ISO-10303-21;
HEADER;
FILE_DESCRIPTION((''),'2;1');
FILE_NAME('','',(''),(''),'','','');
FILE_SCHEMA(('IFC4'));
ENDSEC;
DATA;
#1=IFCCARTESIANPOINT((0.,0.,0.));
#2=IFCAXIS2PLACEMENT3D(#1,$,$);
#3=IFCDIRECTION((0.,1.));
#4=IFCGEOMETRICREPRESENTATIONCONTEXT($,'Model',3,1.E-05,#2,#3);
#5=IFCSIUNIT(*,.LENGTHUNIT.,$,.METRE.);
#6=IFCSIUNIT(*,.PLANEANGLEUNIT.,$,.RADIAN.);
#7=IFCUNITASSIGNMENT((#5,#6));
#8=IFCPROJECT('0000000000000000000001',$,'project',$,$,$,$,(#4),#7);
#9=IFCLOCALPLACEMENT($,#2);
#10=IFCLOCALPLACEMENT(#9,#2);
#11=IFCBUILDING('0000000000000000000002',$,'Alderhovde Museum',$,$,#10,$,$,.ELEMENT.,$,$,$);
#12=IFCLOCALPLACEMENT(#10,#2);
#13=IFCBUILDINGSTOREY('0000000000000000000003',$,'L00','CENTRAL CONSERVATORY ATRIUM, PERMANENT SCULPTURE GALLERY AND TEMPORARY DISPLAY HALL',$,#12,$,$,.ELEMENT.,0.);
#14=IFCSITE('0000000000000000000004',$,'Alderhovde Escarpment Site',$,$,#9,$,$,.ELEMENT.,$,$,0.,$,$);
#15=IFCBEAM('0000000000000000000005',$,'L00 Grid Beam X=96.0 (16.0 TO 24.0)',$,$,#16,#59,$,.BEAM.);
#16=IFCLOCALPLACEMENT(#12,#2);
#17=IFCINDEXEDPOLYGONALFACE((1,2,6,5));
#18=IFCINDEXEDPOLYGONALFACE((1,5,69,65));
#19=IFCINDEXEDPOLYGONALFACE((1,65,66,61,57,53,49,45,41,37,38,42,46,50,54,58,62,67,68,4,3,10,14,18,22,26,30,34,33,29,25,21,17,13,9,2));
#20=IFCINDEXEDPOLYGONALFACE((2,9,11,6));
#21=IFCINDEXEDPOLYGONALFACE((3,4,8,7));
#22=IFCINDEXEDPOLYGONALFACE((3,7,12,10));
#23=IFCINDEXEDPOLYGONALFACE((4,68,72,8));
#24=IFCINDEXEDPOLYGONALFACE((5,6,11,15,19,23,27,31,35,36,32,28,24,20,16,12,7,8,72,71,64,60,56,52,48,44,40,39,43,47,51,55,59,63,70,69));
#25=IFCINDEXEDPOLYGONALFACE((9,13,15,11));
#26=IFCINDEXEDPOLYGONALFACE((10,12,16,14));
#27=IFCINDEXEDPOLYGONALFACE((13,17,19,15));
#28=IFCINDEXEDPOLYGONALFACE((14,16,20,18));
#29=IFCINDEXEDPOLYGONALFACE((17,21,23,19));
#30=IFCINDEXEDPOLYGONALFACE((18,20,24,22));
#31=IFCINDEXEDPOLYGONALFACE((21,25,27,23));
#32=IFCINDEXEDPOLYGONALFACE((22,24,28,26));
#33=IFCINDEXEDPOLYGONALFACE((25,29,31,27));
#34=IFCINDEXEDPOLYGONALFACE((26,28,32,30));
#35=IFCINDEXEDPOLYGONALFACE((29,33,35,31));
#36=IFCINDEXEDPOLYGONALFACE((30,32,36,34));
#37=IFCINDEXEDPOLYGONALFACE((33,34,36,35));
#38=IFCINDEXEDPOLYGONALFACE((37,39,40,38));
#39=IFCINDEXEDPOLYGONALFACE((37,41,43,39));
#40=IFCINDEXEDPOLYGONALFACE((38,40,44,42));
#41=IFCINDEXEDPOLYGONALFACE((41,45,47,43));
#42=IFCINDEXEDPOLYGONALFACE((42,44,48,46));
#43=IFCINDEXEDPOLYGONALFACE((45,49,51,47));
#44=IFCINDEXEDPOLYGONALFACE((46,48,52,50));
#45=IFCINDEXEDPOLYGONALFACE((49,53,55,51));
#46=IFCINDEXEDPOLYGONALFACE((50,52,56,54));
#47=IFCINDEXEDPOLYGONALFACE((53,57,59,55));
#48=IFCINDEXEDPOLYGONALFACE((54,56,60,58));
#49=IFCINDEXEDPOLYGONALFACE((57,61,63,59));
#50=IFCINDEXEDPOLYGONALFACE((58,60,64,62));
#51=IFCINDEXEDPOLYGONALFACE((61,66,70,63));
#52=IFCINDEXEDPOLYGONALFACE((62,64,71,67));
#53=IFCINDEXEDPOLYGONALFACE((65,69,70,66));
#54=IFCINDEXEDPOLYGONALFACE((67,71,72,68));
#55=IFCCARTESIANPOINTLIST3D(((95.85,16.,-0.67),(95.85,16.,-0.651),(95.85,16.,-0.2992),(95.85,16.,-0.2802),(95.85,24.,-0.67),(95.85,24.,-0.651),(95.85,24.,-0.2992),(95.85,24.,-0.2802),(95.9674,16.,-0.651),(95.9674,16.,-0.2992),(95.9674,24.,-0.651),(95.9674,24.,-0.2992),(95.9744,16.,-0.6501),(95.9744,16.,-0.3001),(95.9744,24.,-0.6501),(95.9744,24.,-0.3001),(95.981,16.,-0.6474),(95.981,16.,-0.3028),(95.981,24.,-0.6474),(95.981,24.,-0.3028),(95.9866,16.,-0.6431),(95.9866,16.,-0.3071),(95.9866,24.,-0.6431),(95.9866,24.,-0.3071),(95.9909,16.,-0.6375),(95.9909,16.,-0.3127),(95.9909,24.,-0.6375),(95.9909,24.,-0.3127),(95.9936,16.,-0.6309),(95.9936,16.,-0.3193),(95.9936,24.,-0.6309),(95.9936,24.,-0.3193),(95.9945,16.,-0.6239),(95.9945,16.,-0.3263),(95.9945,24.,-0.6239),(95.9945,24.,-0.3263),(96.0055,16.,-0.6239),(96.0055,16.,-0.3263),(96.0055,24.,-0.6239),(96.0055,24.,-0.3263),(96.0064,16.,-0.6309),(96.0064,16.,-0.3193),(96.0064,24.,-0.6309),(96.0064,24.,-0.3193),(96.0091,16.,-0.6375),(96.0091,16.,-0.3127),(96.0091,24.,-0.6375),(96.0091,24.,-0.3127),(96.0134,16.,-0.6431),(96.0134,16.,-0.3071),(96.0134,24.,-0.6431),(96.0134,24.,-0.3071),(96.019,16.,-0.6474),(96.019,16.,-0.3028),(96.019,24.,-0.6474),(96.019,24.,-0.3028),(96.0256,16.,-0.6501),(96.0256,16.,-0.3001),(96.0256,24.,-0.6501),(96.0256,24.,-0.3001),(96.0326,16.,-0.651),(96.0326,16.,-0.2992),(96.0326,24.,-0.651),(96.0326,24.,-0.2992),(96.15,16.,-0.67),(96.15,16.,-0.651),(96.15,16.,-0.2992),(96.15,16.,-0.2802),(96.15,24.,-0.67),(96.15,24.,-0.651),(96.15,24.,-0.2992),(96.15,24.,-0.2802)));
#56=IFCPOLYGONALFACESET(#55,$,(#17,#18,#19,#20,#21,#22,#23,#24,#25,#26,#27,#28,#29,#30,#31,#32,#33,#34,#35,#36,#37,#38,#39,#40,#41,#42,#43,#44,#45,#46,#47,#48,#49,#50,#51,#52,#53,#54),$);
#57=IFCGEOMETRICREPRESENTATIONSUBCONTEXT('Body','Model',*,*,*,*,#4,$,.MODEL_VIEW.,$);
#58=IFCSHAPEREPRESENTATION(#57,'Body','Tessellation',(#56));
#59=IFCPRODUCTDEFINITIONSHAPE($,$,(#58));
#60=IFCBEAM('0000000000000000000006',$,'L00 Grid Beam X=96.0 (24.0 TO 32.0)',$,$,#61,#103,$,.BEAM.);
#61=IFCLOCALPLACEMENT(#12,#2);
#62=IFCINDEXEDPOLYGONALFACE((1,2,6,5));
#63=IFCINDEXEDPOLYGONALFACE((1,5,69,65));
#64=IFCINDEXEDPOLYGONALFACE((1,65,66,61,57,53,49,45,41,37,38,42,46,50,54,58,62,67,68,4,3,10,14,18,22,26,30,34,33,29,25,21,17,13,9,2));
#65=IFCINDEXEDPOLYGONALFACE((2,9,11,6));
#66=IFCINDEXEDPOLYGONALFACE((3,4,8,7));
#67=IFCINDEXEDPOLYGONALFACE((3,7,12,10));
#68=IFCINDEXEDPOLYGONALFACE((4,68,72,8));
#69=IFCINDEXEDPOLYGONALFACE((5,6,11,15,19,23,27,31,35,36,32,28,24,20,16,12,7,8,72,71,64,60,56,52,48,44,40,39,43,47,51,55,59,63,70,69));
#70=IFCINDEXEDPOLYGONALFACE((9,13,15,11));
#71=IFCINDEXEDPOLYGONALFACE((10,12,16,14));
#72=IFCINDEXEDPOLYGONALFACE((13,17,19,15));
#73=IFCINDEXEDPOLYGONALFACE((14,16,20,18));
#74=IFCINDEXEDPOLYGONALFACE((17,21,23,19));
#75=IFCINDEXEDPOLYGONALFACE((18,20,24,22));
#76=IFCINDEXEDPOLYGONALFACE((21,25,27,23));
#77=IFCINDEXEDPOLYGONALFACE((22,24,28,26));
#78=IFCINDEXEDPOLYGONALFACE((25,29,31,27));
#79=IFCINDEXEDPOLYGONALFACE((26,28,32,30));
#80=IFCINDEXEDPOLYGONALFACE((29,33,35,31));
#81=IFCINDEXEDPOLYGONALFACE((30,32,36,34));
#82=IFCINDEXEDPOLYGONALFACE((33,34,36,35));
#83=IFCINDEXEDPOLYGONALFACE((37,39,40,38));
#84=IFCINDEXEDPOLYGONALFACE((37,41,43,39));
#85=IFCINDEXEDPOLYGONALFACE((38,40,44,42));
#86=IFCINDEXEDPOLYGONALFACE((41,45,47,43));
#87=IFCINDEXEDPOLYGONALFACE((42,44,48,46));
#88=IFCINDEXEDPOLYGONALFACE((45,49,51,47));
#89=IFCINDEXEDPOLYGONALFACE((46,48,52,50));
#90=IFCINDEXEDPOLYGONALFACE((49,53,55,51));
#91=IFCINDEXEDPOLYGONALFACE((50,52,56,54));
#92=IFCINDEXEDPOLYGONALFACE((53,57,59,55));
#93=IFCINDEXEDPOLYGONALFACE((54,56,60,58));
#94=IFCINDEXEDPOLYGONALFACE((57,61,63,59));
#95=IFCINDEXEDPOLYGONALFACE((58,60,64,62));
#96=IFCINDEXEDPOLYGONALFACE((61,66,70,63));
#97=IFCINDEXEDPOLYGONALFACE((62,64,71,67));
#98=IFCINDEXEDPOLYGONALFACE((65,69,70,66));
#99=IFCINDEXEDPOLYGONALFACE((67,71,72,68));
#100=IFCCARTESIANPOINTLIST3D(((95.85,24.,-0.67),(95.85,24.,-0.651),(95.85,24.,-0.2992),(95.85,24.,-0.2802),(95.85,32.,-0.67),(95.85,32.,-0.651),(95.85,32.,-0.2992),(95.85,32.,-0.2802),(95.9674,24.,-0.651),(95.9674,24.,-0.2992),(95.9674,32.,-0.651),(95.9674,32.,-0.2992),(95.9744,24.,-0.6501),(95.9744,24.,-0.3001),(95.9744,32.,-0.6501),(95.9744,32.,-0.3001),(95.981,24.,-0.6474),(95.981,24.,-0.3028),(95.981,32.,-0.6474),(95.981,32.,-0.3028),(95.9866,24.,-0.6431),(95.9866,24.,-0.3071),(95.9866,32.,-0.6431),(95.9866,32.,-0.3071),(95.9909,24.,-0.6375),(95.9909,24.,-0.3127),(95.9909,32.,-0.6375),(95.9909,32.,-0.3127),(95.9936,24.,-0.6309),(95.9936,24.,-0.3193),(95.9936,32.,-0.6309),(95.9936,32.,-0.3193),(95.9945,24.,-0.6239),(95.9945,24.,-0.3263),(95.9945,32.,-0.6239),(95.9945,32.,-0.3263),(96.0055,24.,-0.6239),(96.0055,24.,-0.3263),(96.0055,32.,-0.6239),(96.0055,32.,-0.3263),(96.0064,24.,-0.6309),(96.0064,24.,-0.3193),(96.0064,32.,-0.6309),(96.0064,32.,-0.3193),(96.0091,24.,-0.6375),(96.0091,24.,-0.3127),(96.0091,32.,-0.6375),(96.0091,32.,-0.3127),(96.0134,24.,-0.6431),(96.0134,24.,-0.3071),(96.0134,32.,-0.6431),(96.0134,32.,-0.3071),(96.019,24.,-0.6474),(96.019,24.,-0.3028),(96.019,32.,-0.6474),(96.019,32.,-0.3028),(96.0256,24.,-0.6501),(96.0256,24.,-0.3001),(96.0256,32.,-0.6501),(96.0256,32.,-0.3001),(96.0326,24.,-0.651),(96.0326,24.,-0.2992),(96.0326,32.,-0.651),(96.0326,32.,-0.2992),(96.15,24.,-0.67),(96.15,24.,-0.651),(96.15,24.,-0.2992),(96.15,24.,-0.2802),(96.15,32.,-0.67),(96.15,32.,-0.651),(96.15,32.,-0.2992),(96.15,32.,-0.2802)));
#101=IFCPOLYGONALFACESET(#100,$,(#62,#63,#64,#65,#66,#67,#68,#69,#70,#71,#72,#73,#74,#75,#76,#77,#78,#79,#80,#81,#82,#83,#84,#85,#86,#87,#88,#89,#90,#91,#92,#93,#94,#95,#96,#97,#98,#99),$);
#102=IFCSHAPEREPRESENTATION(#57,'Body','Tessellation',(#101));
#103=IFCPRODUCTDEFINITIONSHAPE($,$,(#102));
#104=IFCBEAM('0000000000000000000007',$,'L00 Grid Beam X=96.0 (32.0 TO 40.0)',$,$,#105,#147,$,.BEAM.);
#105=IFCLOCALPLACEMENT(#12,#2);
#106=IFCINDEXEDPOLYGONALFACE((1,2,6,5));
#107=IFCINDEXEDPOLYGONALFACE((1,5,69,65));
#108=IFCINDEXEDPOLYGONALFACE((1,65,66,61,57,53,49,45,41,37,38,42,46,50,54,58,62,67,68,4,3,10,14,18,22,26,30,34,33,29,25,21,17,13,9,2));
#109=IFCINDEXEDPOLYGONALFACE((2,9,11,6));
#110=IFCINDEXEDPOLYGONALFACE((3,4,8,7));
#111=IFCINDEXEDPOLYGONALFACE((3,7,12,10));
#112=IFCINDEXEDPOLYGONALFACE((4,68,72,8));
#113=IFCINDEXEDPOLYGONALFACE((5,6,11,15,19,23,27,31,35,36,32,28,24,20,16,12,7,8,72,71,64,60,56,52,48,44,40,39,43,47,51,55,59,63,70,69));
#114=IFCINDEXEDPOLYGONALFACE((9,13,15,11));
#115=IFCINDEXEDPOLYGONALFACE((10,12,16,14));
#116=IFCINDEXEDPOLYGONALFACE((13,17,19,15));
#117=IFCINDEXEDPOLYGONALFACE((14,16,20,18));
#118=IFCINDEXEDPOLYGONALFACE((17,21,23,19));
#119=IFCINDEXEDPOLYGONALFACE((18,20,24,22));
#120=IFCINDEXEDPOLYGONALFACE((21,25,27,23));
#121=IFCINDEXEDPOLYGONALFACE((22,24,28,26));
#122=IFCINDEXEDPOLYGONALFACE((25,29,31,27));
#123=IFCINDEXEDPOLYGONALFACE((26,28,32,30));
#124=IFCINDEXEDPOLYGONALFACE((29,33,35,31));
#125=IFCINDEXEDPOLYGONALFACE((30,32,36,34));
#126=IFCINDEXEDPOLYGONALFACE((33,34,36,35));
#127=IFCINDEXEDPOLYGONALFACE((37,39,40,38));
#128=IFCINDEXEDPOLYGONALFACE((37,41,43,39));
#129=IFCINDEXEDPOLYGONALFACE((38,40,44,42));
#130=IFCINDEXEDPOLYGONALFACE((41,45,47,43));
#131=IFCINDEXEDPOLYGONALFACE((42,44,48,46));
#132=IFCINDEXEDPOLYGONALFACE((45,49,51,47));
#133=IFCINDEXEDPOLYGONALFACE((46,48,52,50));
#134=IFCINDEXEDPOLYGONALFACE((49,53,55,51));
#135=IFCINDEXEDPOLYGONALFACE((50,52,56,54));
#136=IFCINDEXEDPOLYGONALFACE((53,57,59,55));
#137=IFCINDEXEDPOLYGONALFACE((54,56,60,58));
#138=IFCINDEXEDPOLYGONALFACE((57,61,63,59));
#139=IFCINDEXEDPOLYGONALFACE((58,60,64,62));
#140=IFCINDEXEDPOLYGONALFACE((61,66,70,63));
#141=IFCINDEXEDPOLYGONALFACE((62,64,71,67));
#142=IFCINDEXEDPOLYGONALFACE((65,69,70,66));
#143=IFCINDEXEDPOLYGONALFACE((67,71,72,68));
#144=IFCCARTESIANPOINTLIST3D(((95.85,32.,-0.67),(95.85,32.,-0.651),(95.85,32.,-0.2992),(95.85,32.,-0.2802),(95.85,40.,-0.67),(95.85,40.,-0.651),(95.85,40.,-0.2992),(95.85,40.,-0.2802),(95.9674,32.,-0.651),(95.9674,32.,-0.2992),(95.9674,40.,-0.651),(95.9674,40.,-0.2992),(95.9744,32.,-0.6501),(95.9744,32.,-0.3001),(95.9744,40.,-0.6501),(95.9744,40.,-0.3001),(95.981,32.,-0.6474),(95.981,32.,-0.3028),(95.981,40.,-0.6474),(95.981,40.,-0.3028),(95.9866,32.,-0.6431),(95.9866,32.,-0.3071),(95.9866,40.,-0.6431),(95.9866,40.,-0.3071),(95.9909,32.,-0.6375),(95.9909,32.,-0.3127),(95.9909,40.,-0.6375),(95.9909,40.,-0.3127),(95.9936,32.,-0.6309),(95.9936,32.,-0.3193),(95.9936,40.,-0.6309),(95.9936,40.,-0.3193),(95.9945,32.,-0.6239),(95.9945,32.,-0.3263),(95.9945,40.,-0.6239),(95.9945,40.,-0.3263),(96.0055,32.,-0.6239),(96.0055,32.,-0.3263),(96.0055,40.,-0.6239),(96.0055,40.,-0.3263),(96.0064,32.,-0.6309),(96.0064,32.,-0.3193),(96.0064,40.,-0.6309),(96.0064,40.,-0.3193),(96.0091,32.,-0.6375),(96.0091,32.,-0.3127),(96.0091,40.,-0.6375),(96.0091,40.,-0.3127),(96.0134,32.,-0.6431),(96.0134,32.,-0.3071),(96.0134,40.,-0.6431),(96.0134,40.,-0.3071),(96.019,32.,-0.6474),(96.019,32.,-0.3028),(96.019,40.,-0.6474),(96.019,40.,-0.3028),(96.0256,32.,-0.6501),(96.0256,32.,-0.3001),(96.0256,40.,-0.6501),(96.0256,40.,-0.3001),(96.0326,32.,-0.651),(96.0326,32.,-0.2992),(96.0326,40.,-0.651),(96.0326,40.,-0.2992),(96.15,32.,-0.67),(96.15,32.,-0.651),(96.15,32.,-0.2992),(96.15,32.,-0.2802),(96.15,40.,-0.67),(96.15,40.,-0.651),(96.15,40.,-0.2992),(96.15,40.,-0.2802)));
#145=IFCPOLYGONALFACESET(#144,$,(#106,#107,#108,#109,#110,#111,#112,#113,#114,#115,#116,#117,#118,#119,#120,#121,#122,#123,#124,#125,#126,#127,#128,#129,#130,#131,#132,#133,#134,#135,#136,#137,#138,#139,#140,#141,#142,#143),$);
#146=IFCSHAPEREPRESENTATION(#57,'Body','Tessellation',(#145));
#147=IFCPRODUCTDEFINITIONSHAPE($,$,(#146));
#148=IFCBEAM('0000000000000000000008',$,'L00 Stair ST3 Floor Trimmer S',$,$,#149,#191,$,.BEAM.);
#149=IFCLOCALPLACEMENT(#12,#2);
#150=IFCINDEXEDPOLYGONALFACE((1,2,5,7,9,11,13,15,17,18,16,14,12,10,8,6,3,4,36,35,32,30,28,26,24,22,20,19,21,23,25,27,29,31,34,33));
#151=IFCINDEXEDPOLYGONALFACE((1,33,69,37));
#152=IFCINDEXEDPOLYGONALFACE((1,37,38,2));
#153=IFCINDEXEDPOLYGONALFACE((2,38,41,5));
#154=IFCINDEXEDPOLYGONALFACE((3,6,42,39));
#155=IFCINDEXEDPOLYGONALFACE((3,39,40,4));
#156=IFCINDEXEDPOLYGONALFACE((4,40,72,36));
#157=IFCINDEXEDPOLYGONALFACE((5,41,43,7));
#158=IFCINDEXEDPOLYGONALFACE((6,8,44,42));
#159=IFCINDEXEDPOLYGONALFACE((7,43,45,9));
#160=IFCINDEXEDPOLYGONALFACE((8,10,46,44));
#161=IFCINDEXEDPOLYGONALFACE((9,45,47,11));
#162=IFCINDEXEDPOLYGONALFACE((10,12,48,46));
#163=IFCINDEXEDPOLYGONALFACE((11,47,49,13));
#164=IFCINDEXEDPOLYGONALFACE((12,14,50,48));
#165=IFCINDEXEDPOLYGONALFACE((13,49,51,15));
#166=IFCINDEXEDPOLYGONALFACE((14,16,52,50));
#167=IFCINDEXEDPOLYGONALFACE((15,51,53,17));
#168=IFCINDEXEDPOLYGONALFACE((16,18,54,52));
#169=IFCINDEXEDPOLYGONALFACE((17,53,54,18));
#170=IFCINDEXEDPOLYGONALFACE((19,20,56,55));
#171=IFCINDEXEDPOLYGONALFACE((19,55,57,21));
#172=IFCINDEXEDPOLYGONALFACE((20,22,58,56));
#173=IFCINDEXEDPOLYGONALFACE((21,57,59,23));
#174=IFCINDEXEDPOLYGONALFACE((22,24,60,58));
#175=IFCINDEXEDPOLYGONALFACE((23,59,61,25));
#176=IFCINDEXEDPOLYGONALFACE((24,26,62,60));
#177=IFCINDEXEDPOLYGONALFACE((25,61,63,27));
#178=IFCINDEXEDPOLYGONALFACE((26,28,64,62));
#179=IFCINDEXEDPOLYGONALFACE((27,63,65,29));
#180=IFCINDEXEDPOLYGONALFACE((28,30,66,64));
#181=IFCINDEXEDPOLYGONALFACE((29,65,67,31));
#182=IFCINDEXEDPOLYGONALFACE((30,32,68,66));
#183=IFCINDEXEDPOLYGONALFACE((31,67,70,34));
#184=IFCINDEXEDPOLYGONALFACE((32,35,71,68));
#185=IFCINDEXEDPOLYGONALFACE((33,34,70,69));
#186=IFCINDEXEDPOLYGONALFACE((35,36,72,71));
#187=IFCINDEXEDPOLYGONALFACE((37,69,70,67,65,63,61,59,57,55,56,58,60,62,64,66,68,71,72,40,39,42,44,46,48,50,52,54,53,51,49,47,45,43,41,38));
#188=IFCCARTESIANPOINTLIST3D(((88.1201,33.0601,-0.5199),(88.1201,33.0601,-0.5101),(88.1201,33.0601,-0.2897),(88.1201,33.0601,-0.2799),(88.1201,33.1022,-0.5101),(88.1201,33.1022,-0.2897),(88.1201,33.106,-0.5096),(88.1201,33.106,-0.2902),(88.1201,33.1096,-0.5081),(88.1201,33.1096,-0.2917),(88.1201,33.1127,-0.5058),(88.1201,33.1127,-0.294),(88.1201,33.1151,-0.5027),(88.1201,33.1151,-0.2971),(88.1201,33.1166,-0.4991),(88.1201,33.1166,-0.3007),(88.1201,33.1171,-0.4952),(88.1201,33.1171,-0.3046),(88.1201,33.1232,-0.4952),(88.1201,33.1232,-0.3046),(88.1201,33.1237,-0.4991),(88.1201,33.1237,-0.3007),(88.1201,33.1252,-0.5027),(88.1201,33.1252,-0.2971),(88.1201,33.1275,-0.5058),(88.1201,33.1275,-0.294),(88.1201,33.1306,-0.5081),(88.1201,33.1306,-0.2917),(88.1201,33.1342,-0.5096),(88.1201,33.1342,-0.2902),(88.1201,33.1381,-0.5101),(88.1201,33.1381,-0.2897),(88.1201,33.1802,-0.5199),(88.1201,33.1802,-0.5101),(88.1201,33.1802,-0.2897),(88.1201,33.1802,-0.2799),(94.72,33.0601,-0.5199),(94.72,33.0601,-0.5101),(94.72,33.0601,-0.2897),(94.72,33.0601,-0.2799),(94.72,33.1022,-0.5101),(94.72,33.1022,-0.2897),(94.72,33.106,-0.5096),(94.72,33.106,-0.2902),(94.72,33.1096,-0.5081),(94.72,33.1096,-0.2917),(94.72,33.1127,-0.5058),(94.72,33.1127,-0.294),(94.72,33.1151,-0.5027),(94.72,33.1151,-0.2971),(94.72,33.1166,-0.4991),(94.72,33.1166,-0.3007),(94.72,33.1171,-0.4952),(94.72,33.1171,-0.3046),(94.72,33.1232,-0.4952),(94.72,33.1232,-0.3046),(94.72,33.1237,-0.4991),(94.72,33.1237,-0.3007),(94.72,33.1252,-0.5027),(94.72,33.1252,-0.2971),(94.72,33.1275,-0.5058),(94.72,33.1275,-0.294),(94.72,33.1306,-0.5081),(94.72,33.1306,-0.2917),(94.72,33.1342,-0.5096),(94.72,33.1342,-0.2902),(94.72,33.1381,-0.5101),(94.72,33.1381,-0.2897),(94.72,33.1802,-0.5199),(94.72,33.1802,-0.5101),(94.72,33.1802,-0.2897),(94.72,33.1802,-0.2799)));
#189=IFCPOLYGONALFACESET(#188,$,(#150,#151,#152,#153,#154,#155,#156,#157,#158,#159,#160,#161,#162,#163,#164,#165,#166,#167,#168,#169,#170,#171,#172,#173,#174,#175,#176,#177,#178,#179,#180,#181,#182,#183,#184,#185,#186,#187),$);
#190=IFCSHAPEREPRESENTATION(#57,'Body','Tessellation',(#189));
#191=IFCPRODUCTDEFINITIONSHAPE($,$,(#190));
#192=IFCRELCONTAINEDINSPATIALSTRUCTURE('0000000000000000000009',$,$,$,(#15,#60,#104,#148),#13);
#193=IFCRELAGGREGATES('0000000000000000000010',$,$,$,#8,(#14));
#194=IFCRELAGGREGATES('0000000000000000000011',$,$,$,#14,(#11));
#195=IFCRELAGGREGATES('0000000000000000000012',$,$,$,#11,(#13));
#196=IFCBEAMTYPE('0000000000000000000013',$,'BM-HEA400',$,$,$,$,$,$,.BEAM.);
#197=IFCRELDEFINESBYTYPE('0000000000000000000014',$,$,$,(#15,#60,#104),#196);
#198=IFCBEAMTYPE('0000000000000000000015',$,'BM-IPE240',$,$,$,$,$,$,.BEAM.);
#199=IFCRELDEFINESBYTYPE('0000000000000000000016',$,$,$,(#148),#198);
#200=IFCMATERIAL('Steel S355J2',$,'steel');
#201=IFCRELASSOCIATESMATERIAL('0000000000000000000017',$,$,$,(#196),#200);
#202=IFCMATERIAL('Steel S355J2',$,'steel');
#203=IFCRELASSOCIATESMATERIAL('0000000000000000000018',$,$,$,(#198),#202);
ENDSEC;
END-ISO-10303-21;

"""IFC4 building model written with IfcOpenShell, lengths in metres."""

from ifc_helpers import new_model, si_unit, direction, frame, origin, origin_2d, place, context, subcontext, project, spatial, i_section, extrude, material, material_profile, profile_set, type_object, element, save


model = new_model("IFC4")

# Units and contexts
model_context = context("Model", 3, precision=1e-05, world=origin(), true_north=direction((0.0, 1.0)))
body_context = subcontext(model_context, "Body", "Model", "MODEL_VIEW")
ifc_project = project(units=[si_unit("LENGTHUNIT", "METRE"), si_unit("PLANEANGLEUNIT", "RADIAN")], contexts=[model_context])

# Site, building, storey
site_placement = place(None, origin())
site = spatial("IfcSite", under=ifc_project, at=site_placement, Name="Alderhovde Escarpment Site", CompositionType="ELEMENT", RefElevation=0.0)
building_placement = place(site_placement, origin())
building = spatial("IfcBuilding", under=site, at=building_placement, Name="Alderhovde Museum", CompositionType="ELEMENT")
storey_placement = place(building_placement, origin())
storey = spatial("IfcBuildingStorey", under=building, at=storey_placement, Name="L00", Description="CENTRAL CONSERVATORY ATRIUM, PERMANENT SCULPTURE GALLERY AND TEMPORARY DISPLAY HALL", CompositionType="ELEMENT", Elevation=0.0)

# Beams
ifc_material_1 = material(Name="Steel S355J2", Category="steel")
ifc_material_profile_1 = material_profile(ifc_material_1, i_section(OverallWidth=0.3, OverallDepth=0.3899, WebThickness=0.011, FlangeThickness=0.019, FilletRadius=0.0271, at=origin_2d()), Name="HEA 400")
ifc_profile_set_1 = profile_set([ifc_material_profile_1], Name="Steel S355J2")
beam_type_1 = type_object("IfcBeamType", Name="BM-HEA400", PredefinedType="BEAM", material=ifc_profile_set_1)
for number, where, z_axis, x_axis, name in (
    (1, (96.0, 16.0, -0.4751), (0.0, 1.0, 0.0), (-1.0, 0.0, 0.0), "L00 Grid Beam X=96.0 (16.0 TO 24.0)"),
    (2, (96.0, 24.0, -0.4751), (0.0, 1.0, 0.0), (-1.0, 0.0, 0.0), "L00 Grid Beam X=96.0 (24.0 TO 32.0)"),
    (3, (96.0, 32.0, -0.4751), (0.0, 1.0, 0.0), (-1.0, 0.0, 0.0), "L00 Grid Beam X=96.0 (32.0 TO 40.0)"),
):
    element("IfcBeam", number, at=place(storey_placement, frame(where, z_axis=z_axis, x_axis=x_axis)), inside=storey, type_object=beam_type_1, Name=name, PredefinedType="BEAM", context=body_context, shape_type="SweptSolid", body=[
        extrude(i_section(OverallWidth=0.3, OverallDepth=0.3899, WebThickness=0.011, FlangeThickness=0.019, FilletRadius=0.0271, at=origin_2d()), origin(), (0.0, 0.0, 1.0), 8.0),
    ])
ifc_material_2 = material(Name="Steel S355J2", Category="steel")
ifc_material_profile_2 = material_profile(ifc_material_2, i_section(OverallWidth=0.1201, OverallDepth=0.24, WebThickness=0.0061, FlangeThickness=0.0098, FilletRadius=0.0149, at=origin_2d()), Name="IPE 240")
ifc_profile_set_2 = profile_set([ifc_material_profile_2], Name="Steel S355J2")
beam_type_2 = type_object("IfcBeamType", Name="BM-IPE240", PredefinedType="BEAM", material=ifc_profile_set_2)
beam_1_placement = place(storey_placement, frame((88.1201, 33.1201, -0.3999), z_axis=(1.0, 0.0, 0.0), x_axis=(0.0, 1.0, 0.0)))
element("IfcBeam", 4, at=beam_1_placement, inside=storey, type_object=beam_type_2, Name="L00 Stair ST3 Floor Trimmer S", PredefinedType="BEAM", context=body_context, shape_type="SweptSolid", body=[
    extrude(i_section(OverallWidth=0.1201, OverallDepth=0.24, WebThickness=0.0061, FlangeThickness=0.0098, FilletRadius=0.0149, at=origin_2d()), origin(), (0.0, 0.0, 1.0), 6.5999),
])

save(model, "model.ifc")
